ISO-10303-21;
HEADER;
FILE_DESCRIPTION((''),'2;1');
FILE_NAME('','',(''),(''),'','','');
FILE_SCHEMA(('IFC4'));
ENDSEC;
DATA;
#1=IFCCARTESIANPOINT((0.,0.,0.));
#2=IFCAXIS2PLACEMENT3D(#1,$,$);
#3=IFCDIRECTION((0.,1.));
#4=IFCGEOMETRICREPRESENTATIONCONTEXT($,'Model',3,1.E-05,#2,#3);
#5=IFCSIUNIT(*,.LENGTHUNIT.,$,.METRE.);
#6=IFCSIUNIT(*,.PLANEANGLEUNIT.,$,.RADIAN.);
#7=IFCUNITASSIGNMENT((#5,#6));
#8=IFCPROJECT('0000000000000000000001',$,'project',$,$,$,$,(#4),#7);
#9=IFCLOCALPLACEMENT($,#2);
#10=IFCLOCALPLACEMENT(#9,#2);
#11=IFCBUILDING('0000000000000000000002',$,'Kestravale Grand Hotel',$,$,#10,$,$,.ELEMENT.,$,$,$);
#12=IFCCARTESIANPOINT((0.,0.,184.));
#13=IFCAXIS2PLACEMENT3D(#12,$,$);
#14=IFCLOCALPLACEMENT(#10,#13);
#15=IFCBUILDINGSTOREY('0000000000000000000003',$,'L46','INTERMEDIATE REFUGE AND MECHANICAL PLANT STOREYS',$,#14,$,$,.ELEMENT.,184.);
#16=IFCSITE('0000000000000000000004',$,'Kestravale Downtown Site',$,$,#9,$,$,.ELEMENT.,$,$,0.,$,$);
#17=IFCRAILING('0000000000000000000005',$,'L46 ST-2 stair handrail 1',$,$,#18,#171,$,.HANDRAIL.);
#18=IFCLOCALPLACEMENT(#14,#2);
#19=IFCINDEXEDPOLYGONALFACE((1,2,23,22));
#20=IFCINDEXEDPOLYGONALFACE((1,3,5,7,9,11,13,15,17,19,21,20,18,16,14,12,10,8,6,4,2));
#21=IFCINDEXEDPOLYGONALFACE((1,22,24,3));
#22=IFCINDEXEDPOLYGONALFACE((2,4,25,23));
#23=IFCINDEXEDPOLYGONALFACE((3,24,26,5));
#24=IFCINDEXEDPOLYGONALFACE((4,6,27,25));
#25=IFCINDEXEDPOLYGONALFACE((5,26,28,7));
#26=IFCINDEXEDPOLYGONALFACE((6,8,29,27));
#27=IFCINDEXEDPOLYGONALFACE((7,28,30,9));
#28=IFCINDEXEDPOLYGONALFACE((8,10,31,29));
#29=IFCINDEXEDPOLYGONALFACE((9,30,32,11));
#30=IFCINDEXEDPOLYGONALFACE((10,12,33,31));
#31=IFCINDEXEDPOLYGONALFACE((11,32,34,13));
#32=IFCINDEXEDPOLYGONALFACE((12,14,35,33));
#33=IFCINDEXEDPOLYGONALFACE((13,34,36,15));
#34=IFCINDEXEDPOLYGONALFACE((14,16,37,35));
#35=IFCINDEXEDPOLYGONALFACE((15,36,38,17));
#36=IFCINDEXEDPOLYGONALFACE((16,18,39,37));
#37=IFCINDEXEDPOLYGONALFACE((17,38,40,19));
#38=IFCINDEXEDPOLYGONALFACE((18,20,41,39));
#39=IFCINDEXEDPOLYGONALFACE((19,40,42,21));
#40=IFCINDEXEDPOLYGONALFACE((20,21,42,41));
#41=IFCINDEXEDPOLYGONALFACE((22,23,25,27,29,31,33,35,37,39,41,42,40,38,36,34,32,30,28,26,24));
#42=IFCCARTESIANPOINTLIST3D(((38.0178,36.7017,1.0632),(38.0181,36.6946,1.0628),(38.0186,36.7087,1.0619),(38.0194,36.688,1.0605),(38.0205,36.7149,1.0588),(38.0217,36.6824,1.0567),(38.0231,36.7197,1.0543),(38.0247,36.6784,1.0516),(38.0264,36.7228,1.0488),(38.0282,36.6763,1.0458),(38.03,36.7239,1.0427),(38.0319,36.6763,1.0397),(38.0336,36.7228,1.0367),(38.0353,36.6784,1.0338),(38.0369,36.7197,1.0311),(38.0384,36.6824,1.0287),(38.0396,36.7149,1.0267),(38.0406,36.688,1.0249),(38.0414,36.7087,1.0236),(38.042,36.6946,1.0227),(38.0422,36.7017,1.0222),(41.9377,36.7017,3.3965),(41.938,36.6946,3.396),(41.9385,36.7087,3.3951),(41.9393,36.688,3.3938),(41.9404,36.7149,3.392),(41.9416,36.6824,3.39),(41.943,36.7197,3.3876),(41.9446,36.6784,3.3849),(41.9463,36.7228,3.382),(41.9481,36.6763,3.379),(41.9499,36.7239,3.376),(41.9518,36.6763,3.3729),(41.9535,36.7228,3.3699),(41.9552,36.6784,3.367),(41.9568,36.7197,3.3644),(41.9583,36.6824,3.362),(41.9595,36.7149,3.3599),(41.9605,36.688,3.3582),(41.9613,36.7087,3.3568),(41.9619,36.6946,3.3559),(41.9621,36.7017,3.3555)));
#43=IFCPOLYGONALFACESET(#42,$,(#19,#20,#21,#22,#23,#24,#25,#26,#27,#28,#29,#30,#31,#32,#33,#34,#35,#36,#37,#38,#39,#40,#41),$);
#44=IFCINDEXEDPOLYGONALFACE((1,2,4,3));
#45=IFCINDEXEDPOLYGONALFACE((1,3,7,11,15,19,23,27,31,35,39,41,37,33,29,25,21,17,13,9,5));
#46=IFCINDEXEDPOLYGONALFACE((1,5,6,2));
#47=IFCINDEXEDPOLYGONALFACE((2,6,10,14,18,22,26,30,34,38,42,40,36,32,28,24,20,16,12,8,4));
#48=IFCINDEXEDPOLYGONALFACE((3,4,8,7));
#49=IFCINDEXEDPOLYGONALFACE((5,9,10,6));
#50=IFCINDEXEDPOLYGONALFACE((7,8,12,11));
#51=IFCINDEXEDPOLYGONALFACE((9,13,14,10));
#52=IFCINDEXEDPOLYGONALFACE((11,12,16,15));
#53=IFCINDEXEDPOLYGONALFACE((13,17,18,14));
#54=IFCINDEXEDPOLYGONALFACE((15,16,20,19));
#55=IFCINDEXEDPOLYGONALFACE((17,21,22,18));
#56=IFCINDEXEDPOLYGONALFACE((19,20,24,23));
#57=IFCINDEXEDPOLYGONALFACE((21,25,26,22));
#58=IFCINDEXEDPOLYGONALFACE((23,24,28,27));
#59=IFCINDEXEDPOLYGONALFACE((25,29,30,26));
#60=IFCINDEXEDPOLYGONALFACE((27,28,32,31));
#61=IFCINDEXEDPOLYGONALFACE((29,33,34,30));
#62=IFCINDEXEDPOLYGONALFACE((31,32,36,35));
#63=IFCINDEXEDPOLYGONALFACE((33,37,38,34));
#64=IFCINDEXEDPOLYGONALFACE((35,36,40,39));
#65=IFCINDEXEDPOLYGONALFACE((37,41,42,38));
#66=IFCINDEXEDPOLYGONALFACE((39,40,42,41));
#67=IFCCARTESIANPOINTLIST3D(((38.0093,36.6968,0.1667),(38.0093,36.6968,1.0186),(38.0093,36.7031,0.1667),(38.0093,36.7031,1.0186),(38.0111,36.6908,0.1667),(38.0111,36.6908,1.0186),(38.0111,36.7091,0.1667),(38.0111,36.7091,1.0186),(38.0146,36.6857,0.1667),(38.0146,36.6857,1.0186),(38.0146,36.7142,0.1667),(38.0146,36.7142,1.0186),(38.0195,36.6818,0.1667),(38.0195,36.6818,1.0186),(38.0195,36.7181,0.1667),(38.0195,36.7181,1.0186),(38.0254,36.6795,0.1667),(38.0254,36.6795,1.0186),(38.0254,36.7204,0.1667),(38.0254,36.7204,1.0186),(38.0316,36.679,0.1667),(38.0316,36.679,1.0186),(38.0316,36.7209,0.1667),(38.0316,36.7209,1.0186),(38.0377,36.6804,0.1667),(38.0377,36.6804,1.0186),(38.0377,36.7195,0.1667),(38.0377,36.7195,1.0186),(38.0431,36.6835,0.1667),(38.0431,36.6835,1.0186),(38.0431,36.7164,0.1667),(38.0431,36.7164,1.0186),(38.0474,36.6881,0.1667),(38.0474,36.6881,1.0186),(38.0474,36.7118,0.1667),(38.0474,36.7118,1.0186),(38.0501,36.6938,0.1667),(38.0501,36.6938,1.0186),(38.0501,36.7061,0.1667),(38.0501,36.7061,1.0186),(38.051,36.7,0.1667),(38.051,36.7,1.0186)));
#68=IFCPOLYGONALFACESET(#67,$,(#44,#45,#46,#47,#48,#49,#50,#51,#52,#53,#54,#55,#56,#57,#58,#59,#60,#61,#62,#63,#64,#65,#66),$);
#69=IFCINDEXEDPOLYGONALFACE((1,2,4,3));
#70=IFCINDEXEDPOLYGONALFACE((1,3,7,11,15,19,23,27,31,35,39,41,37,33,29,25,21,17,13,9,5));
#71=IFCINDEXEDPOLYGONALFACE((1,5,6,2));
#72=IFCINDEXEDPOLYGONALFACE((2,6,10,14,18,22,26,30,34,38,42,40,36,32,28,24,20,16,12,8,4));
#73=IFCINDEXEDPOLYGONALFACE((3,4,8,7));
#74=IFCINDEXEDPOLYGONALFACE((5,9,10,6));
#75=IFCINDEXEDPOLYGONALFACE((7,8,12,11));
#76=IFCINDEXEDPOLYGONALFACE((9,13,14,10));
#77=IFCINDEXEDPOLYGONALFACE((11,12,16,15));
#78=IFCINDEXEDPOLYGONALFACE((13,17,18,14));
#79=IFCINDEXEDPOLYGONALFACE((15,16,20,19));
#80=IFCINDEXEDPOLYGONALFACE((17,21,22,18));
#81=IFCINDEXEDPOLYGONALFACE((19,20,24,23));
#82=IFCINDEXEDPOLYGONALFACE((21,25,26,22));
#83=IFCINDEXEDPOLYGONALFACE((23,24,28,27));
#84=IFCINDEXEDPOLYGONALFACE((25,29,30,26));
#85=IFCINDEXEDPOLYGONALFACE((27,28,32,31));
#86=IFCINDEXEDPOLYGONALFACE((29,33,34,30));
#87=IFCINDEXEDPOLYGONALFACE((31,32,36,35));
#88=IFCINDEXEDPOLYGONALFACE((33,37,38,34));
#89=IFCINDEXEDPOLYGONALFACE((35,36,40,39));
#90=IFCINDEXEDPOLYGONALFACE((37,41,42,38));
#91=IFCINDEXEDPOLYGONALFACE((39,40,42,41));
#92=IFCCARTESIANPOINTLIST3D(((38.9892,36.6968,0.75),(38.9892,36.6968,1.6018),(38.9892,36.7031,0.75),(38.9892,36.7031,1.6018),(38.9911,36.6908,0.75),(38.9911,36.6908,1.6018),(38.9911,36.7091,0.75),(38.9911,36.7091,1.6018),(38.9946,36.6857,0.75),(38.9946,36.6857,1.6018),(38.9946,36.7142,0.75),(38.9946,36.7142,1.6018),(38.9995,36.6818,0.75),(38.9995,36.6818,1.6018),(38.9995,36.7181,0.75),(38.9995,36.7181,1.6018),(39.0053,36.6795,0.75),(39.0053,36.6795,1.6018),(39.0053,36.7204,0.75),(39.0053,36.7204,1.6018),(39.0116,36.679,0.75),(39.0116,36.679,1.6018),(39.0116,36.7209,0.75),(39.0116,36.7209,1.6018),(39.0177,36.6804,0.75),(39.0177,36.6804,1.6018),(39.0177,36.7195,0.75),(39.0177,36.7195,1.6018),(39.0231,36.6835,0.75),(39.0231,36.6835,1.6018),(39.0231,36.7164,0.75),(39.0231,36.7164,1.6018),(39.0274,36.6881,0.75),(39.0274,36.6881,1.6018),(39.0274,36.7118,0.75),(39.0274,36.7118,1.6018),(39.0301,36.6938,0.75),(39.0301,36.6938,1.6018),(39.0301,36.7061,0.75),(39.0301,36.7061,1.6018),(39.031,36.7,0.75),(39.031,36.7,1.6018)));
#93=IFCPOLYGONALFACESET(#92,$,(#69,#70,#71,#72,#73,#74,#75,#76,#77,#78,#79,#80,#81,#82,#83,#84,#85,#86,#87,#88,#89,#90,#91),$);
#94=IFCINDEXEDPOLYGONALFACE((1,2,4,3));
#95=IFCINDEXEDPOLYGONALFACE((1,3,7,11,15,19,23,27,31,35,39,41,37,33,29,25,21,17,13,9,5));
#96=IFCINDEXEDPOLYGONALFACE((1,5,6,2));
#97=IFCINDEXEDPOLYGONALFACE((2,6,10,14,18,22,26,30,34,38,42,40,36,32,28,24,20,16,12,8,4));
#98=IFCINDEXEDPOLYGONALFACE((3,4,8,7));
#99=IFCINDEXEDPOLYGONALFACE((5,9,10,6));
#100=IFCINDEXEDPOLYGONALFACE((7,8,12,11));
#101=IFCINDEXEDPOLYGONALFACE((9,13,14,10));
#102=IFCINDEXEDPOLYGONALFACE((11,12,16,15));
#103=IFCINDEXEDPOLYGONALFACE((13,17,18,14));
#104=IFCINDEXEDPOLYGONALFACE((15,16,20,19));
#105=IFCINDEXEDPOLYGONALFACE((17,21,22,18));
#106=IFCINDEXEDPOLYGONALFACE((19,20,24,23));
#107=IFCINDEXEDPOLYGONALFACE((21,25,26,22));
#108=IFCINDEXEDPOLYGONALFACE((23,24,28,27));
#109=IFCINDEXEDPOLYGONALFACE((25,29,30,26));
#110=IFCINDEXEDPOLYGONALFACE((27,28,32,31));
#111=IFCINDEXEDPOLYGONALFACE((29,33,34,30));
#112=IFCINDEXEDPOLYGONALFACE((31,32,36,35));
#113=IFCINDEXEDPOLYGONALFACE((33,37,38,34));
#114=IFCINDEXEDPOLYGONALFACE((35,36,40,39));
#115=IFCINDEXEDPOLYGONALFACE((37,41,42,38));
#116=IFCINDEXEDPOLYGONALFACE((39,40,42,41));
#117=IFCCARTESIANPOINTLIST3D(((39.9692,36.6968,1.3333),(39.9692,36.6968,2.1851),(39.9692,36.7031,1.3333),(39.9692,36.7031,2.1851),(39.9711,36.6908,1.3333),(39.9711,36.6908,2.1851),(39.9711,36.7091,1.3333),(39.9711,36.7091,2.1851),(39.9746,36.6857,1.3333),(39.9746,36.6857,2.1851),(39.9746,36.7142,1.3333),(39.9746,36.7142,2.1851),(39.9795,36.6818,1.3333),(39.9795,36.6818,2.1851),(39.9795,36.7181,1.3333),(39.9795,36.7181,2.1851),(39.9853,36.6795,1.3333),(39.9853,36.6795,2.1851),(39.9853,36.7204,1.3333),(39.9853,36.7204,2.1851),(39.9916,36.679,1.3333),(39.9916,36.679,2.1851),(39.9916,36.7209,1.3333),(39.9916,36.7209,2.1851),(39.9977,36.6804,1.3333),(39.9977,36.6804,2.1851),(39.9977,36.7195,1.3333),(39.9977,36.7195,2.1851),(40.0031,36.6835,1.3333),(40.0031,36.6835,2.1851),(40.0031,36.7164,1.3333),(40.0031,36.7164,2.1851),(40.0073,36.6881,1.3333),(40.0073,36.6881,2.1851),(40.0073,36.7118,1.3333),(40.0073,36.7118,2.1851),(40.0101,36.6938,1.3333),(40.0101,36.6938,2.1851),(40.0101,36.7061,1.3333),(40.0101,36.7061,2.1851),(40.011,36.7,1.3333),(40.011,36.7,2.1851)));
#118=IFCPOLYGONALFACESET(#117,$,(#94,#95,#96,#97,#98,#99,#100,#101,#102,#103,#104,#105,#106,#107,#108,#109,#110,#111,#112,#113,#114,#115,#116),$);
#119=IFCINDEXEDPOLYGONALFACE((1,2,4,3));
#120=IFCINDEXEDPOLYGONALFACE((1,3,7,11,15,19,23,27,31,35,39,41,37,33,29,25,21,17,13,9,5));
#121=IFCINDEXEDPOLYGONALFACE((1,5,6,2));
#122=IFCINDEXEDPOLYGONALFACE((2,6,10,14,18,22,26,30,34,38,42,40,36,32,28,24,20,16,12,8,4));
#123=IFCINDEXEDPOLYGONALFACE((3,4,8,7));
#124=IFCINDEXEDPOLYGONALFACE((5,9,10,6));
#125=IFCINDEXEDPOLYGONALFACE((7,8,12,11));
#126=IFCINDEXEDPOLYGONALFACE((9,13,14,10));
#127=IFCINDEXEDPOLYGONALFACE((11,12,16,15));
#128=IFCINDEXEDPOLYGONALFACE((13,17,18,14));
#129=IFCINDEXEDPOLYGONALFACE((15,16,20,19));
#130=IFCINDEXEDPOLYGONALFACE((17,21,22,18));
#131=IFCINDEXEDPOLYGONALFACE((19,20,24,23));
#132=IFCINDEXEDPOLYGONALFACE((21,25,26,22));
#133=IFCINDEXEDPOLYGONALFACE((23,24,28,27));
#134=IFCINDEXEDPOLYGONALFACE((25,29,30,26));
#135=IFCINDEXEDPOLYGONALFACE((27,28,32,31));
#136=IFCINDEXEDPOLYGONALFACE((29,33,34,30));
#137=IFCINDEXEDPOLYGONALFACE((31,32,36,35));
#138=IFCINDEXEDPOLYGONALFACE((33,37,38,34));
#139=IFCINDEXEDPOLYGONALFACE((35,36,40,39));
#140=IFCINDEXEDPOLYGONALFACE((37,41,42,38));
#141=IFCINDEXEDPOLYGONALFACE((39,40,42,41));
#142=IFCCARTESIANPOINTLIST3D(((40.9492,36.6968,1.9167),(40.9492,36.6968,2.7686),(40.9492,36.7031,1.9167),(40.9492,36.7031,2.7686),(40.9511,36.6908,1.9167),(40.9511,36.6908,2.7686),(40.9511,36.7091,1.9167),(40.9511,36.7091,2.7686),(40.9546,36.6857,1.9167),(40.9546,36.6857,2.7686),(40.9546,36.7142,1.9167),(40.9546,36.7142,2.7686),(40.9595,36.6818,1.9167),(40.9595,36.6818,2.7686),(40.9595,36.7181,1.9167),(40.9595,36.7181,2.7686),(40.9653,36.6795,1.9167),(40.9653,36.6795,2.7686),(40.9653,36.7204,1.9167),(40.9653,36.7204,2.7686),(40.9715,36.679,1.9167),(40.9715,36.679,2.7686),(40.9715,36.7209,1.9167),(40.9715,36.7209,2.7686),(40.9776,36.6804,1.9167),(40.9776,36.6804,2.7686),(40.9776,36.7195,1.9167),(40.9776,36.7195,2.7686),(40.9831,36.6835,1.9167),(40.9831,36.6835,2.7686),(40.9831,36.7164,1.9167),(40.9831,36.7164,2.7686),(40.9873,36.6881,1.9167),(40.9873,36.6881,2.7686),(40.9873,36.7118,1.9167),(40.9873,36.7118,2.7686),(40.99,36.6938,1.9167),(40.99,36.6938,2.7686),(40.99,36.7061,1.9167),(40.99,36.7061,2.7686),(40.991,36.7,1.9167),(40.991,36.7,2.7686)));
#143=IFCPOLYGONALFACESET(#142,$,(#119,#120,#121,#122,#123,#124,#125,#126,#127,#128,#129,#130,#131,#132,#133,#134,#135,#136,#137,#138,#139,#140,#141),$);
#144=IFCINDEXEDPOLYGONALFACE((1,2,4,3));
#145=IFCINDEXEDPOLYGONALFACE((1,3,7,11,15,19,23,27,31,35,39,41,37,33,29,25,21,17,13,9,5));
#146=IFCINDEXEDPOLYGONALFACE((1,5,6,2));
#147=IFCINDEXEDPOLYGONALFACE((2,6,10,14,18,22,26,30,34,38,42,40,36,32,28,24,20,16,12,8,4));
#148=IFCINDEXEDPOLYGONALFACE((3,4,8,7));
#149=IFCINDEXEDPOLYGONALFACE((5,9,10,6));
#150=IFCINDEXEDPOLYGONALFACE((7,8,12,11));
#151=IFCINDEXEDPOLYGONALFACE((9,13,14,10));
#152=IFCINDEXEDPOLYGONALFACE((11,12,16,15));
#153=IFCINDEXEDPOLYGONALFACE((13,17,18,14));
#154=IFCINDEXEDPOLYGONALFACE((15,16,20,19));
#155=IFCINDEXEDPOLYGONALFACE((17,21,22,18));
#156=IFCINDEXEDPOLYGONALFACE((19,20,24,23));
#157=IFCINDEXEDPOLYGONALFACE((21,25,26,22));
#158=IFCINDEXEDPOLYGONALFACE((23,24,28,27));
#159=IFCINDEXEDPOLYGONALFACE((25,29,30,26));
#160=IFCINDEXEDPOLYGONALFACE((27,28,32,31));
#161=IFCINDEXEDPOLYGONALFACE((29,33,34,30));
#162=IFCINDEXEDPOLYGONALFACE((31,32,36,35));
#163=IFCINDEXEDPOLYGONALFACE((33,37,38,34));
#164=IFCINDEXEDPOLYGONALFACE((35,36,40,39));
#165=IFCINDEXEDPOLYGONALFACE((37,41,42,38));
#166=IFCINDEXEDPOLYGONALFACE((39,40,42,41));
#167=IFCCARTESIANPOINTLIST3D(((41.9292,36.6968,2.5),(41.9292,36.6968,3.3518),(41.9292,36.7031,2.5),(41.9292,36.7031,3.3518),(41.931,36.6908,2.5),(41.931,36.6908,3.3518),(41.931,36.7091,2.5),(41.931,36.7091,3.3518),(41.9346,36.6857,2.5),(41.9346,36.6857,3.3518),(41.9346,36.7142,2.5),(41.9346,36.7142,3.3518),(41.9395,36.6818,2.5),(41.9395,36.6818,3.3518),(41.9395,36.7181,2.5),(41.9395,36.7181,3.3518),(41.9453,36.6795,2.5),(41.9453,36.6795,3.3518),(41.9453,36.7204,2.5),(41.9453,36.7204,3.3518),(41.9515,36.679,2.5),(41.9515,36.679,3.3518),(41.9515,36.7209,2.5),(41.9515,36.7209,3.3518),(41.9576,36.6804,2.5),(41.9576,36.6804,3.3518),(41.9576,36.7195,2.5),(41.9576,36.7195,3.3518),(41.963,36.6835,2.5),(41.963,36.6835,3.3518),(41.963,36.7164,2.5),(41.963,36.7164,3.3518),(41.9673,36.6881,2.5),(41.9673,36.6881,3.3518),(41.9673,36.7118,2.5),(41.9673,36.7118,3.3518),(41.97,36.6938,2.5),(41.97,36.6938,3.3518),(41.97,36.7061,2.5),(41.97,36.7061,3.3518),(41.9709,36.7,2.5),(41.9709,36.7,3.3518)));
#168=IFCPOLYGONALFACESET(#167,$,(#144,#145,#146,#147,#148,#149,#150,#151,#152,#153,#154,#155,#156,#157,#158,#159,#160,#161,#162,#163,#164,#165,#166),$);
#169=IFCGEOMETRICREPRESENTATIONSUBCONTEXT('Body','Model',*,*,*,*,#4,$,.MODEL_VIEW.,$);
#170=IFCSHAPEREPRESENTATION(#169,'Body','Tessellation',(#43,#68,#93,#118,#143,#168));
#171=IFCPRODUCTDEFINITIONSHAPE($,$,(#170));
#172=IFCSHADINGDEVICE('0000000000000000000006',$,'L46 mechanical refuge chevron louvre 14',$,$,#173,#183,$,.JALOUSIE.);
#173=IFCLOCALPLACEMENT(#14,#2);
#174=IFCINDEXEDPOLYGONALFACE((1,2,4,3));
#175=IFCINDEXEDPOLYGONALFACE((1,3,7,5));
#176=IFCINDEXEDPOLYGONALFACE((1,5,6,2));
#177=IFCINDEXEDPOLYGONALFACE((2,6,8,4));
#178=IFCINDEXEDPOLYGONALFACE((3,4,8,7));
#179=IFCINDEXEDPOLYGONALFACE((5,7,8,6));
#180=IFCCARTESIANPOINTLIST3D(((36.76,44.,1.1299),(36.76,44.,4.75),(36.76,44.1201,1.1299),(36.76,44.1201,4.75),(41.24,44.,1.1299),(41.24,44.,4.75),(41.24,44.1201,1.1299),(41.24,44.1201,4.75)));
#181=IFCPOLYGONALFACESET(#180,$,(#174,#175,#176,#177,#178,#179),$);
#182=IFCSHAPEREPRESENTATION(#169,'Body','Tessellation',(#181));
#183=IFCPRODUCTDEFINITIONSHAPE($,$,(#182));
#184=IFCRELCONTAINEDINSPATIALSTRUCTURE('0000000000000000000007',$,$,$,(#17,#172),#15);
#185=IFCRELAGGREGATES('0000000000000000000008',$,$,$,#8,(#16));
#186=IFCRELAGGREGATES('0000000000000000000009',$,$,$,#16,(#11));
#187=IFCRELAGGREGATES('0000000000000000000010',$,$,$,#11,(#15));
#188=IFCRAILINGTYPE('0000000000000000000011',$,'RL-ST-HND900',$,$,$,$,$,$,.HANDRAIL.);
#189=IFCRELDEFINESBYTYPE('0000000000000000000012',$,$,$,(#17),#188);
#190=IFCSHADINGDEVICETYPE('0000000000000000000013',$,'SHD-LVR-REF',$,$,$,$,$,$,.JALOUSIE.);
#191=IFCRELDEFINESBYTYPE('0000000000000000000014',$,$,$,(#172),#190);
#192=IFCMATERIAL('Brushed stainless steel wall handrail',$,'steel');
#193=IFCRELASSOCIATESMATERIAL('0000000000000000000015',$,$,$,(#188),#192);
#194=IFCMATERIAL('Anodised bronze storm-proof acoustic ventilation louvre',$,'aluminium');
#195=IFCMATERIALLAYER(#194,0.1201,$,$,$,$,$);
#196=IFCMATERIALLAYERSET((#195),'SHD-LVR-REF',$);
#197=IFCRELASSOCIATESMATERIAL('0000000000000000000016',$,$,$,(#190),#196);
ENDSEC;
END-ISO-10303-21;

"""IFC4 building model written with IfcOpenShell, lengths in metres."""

from ifc_helpers import new_model, si_unit, direction, frame, origin, origin_2d, place, context, subcontext, project, spatial, rectangle, circle, extrude, material, layer, layer_set, type_object, element, save


model = new_model("IFC4")

# Units and contexts
model_context = context("Model", 3, precision=1e-05, world=origin(), true_north=direction((0.0, 1.0)))
body_context = subcontext(model_context, "Body", "Model", "MODEL_VIEW")
ifc_project = project(units=[si_unit("LENGTHUNIT", "METRE"), si_unit("PLANEANGLEUNIT", "RADIAN")], contexts=[model_context])

# Site, building, storey
site_placement = place(None, origin())
site = spatial("IfcSite", under=ifc_project, at=site_placement, Name="Kestravale Downtown Site", CompositionType="ELEMENT", RefElevation=0.0)
building_placement = place(site_placement, origin())
building = spatial("IfcBuilding", under=site, at=building_placement, Name="Kestravale Grand Hotel", CompositionType="ELEMENT")
storey_placement = place(building_placement, frame((0.0, 0.0, 184.0)))
storey = spatial("IfcBuildingStorey", under=building, at=storey_placement, Name="L46", Description="INTERMEDIATE REFUGE AND MECHANICAL PLANT STOREYS", CompositionType="ELEMENT", Elevation=184.0)

# Railing
ifc_material_1 = material(Name="Brushed stainless steel wall handrail", Category="steel")
railing_type_1 = type_object("IfcRailingType", Name="RL-ST-HND900", PredefinedType="HANDRAIL", material=ifc_material_1)
railing_1_placement = place(storey_placement, frame((38.03, 36.7, 0.1667)))
element("IfcRailing", 1, at=railing_1_placement, inside=storey, type_object=railing_type_1, Name="L46 ST-2 stair handrail 1", PredefinedType="HANDRAIL", context=body_context, shape_type="SweptSolid", body=[
    extrude(circle(Radius=0.0239, at=origin_2d()), frame((0.0, 0.0, 0.876), z_axis=(0.859296, 0.0, 0.511478), x_axis=(0.0, 1.0, 0.0)), (0.0, 0.0, 1.0), 4.5618),
    extrude(circle(Radius=0.021, at=origin_2d()), origin(), (0.0, 0.0, 1.0), 0.8518),
    extrude(circle(Radius=0.021, at=origin_2d()), frame((0.98, 0.0, 0.5833)), (0.0, 0.0, 1.0), 0.8518),
    extrude(circle(Radius=0.021, at=origin_2d()), frame((1.96, 0.0, 1.1665)), (0.0, 0.0, 1.0), 0.8518),
    extrude(circle(Radius=0.021, at=origin_2d()), frame((2.9399, 0.0, 1.75)), (0.0, 0.0, 1.0), 0.8518),
    extrude(circle(Radius=0.021, at=origin_2d()), frame((3.9199, 0.0, 2.3333)), (0.0, 0.0, 1.0), 0.8518),
])

# Shading device
ifc_material_2 = material(Name="Anodised bronze storm-proof acoustic ventilation louvre", Category="aluminium")
ifc_layer_1 = layer(ifc_material_2, 0.1201)
ifc_layer_set_1 = layer_set([ifc_layer_1], Name="SHD-LVR-REF")
shading_device_type = type_object("IfcShadingDeviceType", Name="SHD-LVR-REF", PredefinedType="JALOUSIE", material=ifc_layer_set_1)
shading_device_placement = place(storey_placement, frame((39.0, 44.0601, 1.1299), z_axis=(0.0, 0.0, 1.0), x_axis=(-1.0, 0.0, 0.0)))
element("IfcShadingDevice", 2, at=shading_device_placement, inside=storey, type_object=shading_device_type, Name="L46 mechanical refuge chevron louvre 14", PredefinedType="JALOUSIE", context=body_context, shape_type="SweptSolid", body=[
    extrude(rectangle(XDim=4.48, YDim=0.1201, at=origin_2d()), origin(), (0.0, 0.0, 1.0), 3.6201),
])

save(model, "model.ifc")
